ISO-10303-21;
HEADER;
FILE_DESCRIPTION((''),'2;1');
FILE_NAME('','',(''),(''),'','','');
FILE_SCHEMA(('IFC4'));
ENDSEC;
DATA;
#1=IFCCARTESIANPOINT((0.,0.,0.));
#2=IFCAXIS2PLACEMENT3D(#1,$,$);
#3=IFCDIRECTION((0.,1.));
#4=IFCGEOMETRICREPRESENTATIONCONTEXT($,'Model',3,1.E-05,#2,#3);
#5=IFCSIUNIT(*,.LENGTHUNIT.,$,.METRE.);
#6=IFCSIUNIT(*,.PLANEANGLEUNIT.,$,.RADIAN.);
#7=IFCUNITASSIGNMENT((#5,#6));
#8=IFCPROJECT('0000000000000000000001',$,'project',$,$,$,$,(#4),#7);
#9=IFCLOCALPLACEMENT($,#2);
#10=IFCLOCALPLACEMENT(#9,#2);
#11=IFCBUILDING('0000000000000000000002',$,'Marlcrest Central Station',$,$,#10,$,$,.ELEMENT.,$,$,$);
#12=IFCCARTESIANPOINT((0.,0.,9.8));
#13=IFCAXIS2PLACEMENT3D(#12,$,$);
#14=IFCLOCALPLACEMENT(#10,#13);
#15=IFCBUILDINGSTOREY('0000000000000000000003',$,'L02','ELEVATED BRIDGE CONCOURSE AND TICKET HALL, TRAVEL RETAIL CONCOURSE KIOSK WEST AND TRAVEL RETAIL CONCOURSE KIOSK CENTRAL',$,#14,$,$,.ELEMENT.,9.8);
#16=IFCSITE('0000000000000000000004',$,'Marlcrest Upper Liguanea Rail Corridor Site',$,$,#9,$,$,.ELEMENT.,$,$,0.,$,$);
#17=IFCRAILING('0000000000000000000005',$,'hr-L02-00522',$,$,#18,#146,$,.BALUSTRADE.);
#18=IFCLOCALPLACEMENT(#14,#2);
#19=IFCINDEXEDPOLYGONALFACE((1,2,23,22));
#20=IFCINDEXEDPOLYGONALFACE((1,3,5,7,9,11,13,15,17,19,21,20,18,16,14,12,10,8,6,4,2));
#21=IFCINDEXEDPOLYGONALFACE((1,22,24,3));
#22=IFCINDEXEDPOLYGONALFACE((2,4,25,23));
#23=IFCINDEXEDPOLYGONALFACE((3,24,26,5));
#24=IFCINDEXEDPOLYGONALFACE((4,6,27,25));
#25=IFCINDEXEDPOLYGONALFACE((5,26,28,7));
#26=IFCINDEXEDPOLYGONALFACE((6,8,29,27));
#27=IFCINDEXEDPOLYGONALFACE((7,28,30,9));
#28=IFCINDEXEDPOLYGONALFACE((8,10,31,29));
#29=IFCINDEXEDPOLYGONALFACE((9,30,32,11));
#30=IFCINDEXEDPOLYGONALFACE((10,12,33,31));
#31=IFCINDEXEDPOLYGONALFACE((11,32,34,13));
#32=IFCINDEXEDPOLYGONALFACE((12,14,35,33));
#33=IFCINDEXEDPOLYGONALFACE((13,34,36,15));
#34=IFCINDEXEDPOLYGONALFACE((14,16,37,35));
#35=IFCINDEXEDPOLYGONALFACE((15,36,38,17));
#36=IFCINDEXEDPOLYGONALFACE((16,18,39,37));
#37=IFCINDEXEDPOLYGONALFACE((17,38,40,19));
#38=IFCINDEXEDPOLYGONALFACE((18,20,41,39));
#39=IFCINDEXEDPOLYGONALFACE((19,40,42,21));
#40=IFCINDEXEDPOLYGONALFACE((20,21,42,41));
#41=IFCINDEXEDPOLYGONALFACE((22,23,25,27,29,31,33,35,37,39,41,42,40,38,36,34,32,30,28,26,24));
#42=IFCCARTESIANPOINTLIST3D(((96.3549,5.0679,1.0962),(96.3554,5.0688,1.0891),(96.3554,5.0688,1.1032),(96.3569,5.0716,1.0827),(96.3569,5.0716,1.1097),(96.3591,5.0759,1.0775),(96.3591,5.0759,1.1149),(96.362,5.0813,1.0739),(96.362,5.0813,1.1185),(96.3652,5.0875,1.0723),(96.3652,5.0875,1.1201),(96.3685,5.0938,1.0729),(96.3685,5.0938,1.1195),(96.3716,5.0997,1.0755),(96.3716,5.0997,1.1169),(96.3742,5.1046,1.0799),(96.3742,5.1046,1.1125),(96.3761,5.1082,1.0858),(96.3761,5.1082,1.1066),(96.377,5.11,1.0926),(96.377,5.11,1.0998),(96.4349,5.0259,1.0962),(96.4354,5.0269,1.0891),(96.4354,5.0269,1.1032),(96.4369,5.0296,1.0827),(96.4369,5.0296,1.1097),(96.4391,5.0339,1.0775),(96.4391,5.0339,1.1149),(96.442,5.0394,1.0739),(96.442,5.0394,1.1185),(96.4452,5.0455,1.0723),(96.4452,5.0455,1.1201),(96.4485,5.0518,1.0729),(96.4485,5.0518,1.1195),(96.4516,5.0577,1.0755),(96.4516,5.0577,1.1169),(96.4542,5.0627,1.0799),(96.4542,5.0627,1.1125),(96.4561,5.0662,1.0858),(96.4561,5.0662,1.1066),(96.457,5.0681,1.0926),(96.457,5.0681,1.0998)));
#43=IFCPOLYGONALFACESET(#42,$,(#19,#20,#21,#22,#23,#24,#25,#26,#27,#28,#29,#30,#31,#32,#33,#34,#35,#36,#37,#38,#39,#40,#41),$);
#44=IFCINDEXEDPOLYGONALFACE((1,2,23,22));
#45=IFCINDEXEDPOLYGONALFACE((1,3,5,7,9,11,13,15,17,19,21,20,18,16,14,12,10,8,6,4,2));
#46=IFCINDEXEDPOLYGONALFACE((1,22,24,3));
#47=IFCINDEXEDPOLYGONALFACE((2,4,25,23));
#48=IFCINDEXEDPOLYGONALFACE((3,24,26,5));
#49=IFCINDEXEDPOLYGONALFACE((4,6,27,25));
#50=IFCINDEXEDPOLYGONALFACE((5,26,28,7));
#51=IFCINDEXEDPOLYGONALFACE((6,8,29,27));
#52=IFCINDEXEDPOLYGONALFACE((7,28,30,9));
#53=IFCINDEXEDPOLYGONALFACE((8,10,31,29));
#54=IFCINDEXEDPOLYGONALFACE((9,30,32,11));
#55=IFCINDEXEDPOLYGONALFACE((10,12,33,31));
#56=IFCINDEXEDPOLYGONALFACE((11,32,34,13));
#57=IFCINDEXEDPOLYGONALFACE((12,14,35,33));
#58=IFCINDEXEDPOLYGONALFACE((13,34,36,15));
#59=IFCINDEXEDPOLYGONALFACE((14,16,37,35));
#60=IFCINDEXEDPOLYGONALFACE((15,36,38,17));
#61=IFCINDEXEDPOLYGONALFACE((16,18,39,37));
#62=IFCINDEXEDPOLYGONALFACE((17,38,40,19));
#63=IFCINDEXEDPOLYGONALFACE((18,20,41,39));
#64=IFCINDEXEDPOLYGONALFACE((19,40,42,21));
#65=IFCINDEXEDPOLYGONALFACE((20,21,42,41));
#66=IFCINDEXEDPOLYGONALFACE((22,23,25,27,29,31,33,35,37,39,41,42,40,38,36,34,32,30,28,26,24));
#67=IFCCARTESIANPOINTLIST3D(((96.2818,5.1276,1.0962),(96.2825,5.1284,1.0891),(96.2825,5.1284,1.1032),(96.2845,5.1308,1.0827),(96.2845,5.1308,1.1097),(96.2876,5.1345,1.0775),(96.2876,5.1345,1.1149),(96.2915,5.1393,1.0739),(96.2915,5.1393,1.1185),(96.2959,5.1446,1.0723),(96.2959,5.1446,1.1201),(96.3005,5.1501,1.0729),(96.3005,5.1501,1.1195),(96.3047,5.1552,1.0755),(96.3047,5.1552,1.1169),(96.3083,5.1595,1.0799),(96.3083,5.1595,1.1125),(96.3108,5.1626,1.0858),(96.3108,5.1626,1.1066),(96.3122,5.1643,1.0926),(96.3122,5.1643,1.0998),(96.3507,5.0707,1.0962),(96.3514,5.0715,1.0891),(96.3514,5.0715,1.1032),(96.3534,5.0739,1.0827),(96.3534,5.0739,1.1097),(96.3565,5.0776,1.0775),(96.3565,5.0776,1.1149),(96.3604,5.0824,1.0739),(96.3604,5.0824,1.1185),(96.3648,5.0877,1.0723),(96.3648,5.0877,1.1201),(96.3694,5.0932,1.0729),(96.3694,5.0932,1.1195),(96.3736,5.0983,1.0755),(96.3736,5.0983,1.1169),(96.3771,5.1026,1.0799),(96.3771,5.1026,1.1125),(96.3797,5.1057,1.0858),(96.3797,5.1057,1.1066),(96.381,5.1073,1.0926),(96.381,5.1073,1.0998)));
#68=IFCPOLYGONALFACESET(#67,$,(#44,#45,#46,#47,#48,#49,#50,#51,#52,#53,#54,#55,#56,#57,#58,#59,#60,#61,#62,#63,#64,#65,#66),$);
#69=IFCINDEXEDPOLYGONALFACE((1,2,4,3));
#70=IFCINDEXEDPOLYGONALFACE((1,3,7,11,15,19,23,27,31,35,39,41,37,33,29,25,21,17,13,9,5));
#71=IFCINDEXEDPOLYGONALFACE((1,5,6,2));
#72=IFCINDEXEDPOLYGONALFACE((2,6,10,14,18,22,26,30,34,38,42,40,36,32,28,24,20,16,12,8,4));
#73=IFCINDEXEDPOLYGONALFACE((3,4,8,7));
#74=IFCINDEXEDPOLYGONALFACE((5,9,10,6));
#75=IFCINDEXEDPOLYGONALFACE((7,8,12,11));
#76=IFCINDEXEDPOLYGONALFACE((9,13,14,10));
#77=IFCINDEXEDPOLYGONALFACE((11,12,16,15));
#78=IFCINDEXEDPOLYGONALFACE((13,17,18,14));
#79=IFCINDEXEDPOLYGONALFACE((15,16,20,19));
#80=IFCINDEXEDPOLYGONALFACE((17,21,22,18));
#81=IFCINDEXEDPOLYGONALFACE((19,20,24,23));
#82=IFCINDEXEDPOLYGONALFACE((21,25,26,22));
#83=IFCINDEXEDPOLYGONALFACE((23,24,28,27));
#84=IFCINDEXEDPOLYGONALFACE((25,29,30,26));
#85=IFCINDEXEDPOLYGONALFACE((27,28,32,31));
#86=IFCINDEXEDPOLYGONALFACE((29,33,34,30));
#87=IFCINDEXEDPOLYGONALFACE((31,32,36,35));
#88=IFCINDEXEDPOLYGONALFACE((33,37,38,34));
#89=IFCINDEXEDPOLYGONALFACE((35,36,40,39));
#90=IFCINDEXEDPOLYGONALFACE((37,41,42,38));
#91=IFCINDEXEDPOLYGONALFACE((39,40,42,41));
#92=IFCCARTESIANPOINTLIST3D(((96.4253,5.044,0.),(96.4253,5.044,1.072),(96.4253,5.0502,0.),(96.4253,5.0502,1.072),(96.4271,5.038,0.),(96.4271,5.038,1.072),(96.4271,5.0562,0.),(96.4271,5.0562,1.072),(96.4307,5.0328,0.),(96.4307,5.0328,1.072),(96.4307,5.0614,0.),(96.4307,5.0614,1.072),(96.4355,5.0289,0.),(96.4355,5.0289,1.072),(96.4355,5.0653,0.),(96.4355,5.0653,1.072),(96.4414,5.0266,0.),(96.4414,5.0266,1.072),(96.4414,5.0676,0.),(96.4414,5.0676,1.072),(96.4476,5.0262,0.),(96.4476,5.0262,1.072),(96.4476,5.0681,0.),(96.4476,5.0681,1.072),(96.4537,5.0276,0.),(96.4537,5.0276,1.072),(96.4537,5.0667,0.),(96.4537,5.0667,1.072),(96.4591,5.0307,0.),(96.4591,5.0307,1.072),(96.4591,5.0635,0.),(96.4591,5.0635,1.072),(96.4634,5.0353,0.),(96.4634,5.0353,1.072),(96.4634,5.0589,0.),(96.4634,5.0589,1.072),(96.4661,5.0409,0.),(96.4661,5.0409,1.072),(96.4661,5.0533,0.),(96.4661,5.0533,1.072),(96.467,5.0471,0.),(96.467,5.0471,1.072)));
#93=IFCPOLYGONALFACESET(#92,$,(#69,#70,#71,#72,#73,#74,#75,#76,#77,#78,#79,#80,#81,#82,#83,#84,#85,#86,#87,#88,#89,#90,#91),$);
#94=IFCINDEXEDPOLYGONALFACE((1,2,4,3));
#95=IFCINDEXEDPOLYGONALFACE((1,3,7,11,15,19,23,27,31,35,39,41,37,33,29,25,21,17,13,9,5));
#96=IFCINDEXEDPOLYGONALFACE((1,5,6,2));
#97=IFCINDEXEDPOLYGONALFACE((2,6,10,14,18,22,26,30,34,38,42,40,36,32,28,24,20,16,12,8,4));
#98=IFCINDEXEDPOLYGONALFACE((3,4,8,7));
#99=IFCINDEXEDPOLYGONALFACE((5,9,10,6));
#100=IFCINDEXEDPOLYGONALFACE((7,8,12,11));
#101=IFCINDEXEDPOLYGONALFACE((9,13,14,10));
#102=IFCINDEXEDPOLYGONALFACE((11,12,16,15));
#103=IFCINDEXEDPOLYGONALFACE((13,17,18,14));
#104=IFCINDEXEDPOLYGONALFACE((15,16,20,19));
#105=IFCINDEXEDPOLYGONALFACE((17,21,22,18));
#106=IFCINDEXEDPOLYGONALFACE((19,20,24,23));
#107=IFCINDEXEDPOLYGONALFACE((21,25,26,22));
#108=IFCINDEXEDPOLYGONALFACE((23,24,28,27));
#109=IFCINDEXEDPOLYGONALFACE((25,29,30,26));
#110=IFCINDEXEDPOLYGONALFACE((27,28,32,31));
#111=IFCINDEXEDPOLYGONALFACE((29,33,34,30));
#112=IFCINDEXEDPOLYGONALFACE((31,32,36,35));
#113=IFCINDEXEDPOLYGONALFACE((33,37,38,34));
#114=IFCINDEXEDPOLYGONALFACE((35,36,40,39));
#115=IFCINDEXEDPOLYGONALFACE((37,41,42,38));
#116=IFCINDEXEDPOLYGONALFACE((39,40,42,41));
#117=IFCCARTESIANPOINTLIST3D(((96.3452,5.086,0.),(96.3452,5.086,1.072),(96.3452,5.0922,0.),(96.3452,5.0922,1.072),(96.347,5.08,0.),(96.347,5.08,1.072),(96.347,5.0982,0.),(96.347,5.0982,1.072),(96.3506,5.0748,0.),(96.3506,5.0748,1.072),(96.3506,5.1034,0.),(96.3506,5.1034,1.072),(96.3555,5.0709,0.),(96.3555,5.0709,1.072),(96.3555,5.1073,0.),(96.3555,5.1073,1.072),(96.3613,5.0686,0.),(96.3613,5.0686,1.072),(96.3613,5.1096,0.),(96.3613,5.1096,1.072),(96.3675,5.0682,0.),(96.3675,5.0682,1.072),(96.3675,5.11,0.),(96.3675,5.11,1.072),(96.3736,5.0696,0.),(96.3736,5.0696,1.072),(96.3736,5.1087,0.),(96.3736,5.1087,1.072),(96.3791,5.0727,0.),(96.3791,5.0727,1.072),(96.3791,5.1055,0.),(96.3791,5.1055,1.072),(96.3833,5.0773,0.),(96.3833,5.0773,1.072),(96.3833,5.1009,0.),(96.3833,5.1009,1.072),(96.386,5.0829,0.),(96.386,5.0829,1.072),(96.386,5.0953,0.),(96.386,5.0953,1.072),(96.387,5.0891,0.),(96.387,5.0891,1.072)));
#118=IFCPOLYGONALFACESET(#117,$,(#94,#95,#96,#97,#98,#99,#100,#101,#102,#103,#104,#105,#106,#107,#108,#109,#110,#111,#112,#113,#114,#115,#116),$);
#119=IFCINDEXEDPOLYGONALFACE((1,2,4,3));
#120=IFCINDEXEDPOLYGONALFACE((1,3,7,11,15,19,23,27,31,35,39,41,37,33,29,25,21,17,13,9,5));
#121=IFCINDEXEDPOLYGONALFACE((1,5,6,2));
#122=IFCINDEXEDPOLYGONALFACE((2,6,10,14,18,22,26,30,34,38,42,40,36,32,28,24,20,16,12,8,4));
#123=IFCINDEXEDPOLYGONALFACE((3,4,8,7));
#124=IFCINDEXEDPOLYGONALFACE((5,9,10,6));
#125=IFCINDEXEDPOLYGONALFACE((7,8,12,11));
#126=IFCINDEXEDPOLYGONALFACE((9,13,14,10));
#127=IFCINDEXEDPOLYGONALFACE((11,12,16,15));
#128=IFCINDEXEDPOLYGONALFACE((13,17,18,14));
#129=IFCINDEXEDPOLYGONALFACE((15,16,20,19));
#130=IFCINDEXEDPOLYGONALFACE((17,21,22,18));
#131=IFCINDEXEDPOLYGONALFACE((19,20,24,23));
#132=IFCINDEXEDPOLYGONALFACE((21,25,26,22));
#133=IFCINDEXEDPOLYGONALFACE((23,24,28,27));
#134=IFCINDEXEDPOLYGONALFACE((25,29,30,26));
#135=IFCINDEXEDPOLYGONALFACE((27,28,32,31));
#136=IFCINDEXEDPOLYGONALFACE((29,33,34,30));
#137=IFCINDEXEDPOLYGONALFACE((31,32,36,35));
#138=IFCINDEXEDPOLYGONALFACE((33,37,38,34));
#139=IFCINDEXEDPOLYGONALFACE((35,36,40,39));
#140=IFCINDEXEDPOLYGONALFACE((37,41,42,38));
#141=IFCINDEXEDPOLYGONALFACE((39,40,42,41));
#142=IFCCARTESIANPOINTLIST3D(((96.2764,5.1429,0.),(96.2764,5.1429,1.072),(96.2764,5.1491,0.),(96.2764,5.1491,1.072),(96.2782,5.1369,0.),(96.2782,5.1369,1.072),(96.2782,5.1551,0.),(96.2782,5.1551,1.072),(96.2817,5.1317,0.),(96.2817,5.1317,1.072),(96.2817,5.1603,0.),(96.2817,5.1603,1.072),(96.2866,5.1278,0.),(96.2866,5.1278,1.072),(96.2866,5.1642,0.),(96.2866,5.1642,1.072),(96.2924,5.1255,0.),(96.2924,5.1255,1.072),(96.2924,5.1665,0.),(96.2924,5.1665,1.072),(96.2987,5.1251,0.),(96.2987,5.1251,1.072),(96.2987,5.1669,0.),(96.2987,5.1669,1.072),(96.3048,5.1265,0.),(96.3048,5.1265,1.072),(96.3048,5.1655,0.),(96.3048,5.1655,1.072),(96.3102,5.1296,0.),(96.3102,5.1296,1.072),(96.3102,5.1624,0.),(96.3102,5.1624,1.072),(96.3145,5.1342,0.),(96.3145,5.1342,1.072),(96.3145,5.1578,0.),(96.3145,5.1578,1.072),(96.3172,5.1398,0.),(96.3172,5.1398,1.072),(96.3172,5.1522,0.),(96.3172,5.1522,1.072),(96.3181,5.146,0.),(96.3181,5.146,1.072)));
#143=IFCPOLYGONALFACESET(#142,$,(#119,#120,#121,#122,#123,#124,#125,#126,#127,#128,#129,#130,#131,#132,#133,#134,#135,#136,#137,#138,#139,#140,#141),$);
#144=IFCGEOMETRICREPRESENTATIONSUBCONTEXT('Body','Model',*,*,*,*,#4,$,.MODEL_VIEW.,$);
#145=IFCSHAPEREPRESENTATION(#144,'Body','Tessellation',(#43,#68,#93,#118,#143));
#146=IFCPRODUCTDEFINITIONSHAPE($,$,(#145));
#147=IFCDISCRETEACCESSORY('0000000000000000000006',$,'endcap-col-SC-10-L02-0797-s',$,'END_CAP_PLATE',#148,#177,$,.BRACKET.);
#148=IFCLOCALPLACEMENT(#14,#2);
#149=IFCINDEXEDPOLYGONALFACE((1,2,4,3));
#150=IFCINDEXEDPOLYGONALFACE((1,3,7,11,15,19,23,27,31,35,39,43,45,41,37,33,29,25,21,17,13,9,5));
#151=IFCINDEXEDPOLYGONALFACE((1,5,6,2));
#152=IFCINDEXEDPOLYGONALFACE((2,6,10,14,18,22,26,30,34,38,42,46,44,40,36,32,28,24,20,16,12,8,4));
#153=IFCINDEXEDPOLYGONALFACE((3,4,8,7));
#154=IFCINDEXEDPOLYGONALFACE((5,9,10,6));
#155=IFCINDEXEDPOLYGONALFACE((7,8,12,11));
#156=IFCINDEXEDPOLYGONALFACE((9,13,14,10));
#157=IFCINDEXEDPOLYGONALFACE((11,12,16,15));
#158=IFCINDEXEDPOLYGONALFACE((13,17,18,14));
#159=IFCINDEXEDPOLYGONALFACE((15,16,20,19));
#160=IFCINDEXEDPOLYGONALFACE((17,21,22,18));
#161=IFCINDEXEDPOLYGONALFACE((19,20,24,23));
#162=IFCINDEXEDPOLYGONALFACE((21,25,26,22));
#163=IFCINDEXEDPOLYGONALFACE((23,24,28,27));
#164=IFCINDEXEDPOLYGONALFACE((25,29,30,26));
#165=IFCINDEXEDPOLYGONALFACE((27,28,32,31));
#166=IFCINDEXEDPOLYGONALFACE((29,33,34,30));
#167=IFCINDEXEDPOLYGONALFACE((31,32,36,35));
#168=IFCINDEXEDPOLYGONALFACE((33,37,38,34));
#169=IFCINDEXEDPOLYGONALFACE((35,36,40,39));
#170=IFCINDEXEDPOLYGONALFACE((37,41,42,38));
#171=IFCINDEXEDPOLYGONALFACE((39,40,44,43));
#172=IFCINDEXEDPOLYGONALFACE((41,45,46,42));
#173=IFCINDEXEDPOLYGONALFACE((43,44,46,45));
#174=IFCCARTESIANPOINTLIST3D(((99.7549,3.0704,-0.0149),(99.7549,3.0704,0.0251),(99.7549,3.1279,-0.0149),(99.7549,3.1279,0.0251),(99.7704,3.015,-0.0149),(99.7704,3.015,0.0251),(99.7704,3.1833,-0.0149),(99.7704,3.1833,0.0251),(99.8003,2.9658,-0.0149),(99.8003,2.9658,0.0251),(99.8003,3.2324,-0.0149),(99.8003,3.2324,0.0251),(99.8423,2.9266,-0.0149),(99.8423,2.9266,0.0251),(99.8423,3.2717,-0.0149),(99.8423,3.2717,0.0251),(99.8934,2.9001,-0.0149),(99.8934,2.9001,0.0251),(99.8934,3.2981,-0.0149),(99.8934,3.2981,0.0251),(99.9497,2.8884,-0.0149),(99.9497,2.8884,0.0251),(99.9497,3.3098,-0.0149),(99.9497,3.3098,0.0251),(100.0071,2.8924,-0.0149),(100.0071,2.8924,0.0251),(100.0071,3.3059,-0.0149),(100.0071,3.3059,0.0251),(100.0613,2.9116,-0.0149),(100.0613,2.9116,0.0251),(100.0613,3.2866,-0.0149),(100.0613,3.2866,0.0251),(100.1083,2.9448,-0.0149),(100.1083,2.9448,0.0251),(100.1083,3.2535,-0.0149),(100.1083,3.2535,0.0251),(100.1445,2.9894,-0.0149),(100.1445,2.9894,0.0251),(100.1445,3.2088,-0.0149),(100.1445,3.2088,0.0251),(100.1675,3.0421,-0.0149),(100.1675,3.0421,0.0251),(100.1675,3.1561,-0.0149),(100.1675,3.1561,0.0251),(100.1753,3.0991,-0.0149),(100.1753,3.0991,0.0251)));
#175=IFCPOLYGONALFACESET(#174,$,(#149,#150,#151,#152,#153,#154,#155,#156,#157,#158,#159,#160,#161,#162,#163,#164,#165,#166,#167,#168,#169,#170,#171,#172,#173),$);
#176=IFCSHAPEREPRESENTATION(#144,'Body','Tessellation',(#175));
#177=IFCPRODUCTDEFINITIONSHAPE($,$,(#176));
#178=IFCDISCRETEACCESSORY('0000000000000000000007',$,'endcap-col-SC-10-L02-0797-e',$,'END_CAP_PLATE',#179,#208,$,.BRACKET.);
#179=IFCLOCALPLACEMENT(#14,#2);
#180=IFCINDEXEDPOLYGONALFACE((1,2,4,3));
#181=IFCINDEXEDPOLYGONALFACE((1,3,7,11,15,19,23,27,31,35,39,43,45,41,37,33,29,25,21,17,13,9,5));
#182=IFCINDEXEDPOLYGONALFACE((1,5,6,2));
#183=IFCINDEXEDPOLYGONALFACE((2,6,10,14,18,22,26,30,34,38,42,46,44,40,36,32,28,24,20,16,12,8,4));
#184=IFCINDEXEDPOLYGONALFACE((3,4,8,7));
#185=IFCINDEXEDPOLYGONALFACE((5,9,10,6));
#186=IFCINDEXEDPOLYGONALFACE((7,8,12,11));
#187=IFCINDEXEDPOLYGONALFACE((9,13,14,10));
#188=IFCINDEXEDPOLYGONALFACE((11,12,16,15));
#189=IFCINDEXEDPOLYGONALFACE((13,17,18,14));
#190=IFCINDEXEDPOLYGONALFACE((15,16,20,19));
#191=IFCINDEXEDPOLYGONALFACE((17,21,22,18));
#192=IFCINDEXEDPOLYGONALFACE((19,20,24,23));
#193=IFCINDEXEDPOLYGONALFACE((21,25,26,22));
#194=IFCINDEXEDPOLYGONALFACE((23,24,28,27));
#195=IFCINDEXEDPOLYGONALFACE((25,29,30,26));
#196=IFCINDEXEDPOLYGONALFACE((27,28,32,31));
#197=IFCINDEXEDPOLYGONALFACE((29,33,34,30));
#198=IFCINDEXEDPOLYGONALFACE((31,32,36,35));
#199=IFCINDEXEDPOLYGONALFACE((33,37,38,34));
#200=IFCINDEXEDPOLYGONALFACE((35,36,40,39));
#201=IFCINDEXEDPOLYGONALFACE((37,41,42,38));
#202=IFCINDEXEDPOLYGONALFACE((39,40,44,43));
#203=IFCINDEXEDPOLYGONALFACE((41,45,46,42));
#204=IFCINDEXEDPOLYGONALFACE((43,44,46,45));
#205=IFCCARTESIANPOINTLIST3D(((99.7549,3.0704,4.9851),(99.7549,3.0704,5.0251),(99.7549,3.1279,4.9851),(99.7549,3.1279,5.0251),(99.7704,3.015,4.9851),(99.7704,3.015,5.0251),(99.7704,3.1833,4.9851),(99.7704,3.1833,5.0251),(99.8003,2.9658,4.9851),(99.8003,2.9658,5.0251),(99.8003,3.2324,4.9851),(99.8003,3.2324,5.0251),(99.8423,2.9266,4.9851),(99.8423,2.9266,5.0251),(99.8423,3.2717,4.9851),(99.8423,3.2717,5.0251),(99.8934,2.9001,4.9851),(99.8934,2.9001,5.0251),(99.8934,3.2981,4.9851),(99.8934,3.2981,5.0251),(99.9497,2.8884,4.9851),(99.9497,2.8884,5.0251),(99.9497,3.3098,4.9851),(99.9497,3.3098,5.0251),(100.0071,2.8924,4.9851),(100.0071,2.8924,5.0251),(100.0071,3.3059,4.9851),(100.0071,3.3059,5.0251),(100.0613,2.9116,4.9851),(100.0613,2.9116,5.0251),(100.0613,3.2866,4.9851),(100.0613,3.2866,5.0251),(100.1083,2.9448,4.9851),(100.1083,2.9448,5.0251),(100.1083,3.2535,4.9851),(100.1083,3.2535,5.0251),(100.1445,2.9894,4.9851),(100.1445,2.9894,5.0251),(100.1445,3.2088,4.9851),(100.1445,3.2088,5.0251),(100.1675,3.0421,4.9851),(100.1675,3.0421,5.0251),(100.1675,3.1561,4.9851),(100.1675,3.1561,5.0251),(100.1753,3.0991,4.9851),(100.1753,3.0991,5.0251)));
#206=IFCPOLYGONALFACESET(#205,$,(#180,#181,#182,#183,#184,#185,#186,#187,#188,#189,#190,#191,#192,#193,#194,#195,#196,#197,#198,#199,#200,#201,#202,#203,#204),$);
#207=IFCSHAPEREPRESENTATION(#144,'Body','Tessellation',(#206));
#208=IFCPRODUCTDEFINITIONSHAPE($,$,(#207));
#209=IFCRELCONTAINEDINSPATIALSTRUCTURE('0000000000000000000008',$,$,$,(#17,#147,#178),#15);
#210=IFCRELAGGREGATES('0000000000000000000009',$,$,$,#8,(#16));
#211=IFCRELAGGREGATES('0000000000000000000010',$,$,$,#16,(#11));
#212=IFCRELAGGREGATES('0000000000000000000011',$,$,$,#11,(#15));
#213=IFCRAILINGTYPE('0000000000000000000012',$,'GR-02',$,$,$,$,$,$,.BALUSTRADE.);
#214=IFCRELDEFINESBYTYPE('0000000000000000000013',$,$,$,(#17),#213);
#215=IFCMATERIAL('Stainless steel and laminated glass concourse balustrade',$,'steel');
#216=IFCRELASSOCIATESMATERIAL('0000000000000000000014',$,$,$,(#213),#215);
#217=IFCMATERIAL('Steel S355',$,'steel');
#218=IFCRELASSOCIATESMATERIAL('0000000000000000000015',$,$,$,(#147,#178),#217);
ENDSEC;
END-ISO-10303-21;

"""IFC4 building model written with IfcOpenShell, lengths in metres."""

from ifc_helpers import new_model, si_unit, direction, frame, origin, origin_2d, place, context, subcontext, project, spatial, circle, extrude, material, type_object, element, save


model = new_model("IFC4")

# Units and contexts
model_context = context("Model", 3, precision=1e-05, world=origin(), true_north=direction((0.0, 1.0)))
body_context = subcontext(model_context, "Body", "Model", "MODEL_VIEW")
ifc_project = project(units=[si_unit("LENGTHUNIT", "METRE"), si_unit("PLANEANGLEUNIT", "RADIAN")], contexts=[model_context])

# Site, building, storey
site_placement = place(None, origin())
site = spatial("IfcSite", under=ifc_project, at=site_placement, Name="Marlcrest Upper Liguanea Rail Corridor Site", CompositionType="ELEMENT", RefElevation=0.0)
building_placement = place(site_placement, origin())
building = spatial("IfcBuilding", under=site, at=building_placement, Name="Marlcrest Central Station", CompositionType="ELEMENT")
storey_placement = place(building_placement, frame((0.0, 0.0, 9.8)))
storey = spatial("IfcBuildingStorey", under=building, at=storey_placement, Name="L02", Description="ELEVATED BRIDGE CONCOURSE AND TICKET HALL, TRAVEL RETAIL CONCOURSE KIOSK WEST AND TRAVEL RETAIL CONCOURSE KIOSK CENTRAL", CompositionType="ELEMENT", Elevation=9.8)

# Shared definitions
ifc_material_1 = material(Name="Steel S355", Category="steel")

# Railing
ifc_material_2 = material(Name="Stainless steel and laminated glass concourse balustrade", Category="steel")
railing_type = type_object("IfcRailingType", Name="GR-02", PredefinedType="BALUSTRADE", material=ifc_material_2)
railing_1_placement = place(storey_placement, frame((96.446, 5.0471, 0.0)))
element("IfcRailing", 1, at=railing_1_placement, inside=storey, type_object=railing_type, Name="hr-L02-00522", PredefinedType="BALUSTRADE", context=body_context, shape_type="SweptSolid", body=[
    extrude(circle(Radius=0.0239, at=origin_2d()), frame((0.0, 0.0, 1.0962), z_axis=(-0.88562, 0.464411, 0.0), x_axis=(-0.464411, -0.88562, 0.0)), (0.0, 0.0, 1.0), 0.0903),
    extrude(circle(Radius=0.0239, at=origin_2d()), frame((-0.0801, 0.042, 1.0962), z_axis=(-0.770903, 0.636952, 0.0), x_axis=(-0.636952, -0.770903, 0.0)), (0.0, 0.0, 1.0), 0.0894),
    extrude(circle(Radius=0.021, at=origin_2d()), origin(), (0.0, 0.0, 1.0), 1.072),
    extrude(circle(Radius=0.021, at=origin_2d()), frame((-0.0801, 0.042, 0.0)), (0.0, 0.0, 1.0), 1.072),
    extrude(circle(Radius=0.021, at=origin_2d()), frame((-0.1489, 0.0989, 0.0)), (0.0, 0.0, 1.0), 1.072),
])

# Discrete accessories
for number, where, z_axis, x_axis, name in (
    (2, (99.9641, 3.0991, -0.0149), (0.0, 0.0, 1.0), (1.0, 0.0, 0.0), "endcap-col-SC-10-L02-0797-s"),
    (3, (99.9641, 3.0991, 4.9851), (0.0, 0.0, 1.0), (1.0, 0.0, 0.0), "endcap-col-SC-10-L02-0797-e"),
):
    element("IfcDiscreteAccessory", number, at=place(storey_placement, frame(where, z_axis=z_axis, x_axis=x_axis)), inside=storey, material=ifc_material_1, Name=name, ObjectType="END_CAP_PLATE", PredefinedType="BRACKET", context=body_context, shape_type="SweptSolid", body=[
        extrude(circle(Radius=0.2112, at=origin_2d()), origin(), (0.0, 0.0, 1.0), 0.04),
    ])

save(model, "model.ifc")
